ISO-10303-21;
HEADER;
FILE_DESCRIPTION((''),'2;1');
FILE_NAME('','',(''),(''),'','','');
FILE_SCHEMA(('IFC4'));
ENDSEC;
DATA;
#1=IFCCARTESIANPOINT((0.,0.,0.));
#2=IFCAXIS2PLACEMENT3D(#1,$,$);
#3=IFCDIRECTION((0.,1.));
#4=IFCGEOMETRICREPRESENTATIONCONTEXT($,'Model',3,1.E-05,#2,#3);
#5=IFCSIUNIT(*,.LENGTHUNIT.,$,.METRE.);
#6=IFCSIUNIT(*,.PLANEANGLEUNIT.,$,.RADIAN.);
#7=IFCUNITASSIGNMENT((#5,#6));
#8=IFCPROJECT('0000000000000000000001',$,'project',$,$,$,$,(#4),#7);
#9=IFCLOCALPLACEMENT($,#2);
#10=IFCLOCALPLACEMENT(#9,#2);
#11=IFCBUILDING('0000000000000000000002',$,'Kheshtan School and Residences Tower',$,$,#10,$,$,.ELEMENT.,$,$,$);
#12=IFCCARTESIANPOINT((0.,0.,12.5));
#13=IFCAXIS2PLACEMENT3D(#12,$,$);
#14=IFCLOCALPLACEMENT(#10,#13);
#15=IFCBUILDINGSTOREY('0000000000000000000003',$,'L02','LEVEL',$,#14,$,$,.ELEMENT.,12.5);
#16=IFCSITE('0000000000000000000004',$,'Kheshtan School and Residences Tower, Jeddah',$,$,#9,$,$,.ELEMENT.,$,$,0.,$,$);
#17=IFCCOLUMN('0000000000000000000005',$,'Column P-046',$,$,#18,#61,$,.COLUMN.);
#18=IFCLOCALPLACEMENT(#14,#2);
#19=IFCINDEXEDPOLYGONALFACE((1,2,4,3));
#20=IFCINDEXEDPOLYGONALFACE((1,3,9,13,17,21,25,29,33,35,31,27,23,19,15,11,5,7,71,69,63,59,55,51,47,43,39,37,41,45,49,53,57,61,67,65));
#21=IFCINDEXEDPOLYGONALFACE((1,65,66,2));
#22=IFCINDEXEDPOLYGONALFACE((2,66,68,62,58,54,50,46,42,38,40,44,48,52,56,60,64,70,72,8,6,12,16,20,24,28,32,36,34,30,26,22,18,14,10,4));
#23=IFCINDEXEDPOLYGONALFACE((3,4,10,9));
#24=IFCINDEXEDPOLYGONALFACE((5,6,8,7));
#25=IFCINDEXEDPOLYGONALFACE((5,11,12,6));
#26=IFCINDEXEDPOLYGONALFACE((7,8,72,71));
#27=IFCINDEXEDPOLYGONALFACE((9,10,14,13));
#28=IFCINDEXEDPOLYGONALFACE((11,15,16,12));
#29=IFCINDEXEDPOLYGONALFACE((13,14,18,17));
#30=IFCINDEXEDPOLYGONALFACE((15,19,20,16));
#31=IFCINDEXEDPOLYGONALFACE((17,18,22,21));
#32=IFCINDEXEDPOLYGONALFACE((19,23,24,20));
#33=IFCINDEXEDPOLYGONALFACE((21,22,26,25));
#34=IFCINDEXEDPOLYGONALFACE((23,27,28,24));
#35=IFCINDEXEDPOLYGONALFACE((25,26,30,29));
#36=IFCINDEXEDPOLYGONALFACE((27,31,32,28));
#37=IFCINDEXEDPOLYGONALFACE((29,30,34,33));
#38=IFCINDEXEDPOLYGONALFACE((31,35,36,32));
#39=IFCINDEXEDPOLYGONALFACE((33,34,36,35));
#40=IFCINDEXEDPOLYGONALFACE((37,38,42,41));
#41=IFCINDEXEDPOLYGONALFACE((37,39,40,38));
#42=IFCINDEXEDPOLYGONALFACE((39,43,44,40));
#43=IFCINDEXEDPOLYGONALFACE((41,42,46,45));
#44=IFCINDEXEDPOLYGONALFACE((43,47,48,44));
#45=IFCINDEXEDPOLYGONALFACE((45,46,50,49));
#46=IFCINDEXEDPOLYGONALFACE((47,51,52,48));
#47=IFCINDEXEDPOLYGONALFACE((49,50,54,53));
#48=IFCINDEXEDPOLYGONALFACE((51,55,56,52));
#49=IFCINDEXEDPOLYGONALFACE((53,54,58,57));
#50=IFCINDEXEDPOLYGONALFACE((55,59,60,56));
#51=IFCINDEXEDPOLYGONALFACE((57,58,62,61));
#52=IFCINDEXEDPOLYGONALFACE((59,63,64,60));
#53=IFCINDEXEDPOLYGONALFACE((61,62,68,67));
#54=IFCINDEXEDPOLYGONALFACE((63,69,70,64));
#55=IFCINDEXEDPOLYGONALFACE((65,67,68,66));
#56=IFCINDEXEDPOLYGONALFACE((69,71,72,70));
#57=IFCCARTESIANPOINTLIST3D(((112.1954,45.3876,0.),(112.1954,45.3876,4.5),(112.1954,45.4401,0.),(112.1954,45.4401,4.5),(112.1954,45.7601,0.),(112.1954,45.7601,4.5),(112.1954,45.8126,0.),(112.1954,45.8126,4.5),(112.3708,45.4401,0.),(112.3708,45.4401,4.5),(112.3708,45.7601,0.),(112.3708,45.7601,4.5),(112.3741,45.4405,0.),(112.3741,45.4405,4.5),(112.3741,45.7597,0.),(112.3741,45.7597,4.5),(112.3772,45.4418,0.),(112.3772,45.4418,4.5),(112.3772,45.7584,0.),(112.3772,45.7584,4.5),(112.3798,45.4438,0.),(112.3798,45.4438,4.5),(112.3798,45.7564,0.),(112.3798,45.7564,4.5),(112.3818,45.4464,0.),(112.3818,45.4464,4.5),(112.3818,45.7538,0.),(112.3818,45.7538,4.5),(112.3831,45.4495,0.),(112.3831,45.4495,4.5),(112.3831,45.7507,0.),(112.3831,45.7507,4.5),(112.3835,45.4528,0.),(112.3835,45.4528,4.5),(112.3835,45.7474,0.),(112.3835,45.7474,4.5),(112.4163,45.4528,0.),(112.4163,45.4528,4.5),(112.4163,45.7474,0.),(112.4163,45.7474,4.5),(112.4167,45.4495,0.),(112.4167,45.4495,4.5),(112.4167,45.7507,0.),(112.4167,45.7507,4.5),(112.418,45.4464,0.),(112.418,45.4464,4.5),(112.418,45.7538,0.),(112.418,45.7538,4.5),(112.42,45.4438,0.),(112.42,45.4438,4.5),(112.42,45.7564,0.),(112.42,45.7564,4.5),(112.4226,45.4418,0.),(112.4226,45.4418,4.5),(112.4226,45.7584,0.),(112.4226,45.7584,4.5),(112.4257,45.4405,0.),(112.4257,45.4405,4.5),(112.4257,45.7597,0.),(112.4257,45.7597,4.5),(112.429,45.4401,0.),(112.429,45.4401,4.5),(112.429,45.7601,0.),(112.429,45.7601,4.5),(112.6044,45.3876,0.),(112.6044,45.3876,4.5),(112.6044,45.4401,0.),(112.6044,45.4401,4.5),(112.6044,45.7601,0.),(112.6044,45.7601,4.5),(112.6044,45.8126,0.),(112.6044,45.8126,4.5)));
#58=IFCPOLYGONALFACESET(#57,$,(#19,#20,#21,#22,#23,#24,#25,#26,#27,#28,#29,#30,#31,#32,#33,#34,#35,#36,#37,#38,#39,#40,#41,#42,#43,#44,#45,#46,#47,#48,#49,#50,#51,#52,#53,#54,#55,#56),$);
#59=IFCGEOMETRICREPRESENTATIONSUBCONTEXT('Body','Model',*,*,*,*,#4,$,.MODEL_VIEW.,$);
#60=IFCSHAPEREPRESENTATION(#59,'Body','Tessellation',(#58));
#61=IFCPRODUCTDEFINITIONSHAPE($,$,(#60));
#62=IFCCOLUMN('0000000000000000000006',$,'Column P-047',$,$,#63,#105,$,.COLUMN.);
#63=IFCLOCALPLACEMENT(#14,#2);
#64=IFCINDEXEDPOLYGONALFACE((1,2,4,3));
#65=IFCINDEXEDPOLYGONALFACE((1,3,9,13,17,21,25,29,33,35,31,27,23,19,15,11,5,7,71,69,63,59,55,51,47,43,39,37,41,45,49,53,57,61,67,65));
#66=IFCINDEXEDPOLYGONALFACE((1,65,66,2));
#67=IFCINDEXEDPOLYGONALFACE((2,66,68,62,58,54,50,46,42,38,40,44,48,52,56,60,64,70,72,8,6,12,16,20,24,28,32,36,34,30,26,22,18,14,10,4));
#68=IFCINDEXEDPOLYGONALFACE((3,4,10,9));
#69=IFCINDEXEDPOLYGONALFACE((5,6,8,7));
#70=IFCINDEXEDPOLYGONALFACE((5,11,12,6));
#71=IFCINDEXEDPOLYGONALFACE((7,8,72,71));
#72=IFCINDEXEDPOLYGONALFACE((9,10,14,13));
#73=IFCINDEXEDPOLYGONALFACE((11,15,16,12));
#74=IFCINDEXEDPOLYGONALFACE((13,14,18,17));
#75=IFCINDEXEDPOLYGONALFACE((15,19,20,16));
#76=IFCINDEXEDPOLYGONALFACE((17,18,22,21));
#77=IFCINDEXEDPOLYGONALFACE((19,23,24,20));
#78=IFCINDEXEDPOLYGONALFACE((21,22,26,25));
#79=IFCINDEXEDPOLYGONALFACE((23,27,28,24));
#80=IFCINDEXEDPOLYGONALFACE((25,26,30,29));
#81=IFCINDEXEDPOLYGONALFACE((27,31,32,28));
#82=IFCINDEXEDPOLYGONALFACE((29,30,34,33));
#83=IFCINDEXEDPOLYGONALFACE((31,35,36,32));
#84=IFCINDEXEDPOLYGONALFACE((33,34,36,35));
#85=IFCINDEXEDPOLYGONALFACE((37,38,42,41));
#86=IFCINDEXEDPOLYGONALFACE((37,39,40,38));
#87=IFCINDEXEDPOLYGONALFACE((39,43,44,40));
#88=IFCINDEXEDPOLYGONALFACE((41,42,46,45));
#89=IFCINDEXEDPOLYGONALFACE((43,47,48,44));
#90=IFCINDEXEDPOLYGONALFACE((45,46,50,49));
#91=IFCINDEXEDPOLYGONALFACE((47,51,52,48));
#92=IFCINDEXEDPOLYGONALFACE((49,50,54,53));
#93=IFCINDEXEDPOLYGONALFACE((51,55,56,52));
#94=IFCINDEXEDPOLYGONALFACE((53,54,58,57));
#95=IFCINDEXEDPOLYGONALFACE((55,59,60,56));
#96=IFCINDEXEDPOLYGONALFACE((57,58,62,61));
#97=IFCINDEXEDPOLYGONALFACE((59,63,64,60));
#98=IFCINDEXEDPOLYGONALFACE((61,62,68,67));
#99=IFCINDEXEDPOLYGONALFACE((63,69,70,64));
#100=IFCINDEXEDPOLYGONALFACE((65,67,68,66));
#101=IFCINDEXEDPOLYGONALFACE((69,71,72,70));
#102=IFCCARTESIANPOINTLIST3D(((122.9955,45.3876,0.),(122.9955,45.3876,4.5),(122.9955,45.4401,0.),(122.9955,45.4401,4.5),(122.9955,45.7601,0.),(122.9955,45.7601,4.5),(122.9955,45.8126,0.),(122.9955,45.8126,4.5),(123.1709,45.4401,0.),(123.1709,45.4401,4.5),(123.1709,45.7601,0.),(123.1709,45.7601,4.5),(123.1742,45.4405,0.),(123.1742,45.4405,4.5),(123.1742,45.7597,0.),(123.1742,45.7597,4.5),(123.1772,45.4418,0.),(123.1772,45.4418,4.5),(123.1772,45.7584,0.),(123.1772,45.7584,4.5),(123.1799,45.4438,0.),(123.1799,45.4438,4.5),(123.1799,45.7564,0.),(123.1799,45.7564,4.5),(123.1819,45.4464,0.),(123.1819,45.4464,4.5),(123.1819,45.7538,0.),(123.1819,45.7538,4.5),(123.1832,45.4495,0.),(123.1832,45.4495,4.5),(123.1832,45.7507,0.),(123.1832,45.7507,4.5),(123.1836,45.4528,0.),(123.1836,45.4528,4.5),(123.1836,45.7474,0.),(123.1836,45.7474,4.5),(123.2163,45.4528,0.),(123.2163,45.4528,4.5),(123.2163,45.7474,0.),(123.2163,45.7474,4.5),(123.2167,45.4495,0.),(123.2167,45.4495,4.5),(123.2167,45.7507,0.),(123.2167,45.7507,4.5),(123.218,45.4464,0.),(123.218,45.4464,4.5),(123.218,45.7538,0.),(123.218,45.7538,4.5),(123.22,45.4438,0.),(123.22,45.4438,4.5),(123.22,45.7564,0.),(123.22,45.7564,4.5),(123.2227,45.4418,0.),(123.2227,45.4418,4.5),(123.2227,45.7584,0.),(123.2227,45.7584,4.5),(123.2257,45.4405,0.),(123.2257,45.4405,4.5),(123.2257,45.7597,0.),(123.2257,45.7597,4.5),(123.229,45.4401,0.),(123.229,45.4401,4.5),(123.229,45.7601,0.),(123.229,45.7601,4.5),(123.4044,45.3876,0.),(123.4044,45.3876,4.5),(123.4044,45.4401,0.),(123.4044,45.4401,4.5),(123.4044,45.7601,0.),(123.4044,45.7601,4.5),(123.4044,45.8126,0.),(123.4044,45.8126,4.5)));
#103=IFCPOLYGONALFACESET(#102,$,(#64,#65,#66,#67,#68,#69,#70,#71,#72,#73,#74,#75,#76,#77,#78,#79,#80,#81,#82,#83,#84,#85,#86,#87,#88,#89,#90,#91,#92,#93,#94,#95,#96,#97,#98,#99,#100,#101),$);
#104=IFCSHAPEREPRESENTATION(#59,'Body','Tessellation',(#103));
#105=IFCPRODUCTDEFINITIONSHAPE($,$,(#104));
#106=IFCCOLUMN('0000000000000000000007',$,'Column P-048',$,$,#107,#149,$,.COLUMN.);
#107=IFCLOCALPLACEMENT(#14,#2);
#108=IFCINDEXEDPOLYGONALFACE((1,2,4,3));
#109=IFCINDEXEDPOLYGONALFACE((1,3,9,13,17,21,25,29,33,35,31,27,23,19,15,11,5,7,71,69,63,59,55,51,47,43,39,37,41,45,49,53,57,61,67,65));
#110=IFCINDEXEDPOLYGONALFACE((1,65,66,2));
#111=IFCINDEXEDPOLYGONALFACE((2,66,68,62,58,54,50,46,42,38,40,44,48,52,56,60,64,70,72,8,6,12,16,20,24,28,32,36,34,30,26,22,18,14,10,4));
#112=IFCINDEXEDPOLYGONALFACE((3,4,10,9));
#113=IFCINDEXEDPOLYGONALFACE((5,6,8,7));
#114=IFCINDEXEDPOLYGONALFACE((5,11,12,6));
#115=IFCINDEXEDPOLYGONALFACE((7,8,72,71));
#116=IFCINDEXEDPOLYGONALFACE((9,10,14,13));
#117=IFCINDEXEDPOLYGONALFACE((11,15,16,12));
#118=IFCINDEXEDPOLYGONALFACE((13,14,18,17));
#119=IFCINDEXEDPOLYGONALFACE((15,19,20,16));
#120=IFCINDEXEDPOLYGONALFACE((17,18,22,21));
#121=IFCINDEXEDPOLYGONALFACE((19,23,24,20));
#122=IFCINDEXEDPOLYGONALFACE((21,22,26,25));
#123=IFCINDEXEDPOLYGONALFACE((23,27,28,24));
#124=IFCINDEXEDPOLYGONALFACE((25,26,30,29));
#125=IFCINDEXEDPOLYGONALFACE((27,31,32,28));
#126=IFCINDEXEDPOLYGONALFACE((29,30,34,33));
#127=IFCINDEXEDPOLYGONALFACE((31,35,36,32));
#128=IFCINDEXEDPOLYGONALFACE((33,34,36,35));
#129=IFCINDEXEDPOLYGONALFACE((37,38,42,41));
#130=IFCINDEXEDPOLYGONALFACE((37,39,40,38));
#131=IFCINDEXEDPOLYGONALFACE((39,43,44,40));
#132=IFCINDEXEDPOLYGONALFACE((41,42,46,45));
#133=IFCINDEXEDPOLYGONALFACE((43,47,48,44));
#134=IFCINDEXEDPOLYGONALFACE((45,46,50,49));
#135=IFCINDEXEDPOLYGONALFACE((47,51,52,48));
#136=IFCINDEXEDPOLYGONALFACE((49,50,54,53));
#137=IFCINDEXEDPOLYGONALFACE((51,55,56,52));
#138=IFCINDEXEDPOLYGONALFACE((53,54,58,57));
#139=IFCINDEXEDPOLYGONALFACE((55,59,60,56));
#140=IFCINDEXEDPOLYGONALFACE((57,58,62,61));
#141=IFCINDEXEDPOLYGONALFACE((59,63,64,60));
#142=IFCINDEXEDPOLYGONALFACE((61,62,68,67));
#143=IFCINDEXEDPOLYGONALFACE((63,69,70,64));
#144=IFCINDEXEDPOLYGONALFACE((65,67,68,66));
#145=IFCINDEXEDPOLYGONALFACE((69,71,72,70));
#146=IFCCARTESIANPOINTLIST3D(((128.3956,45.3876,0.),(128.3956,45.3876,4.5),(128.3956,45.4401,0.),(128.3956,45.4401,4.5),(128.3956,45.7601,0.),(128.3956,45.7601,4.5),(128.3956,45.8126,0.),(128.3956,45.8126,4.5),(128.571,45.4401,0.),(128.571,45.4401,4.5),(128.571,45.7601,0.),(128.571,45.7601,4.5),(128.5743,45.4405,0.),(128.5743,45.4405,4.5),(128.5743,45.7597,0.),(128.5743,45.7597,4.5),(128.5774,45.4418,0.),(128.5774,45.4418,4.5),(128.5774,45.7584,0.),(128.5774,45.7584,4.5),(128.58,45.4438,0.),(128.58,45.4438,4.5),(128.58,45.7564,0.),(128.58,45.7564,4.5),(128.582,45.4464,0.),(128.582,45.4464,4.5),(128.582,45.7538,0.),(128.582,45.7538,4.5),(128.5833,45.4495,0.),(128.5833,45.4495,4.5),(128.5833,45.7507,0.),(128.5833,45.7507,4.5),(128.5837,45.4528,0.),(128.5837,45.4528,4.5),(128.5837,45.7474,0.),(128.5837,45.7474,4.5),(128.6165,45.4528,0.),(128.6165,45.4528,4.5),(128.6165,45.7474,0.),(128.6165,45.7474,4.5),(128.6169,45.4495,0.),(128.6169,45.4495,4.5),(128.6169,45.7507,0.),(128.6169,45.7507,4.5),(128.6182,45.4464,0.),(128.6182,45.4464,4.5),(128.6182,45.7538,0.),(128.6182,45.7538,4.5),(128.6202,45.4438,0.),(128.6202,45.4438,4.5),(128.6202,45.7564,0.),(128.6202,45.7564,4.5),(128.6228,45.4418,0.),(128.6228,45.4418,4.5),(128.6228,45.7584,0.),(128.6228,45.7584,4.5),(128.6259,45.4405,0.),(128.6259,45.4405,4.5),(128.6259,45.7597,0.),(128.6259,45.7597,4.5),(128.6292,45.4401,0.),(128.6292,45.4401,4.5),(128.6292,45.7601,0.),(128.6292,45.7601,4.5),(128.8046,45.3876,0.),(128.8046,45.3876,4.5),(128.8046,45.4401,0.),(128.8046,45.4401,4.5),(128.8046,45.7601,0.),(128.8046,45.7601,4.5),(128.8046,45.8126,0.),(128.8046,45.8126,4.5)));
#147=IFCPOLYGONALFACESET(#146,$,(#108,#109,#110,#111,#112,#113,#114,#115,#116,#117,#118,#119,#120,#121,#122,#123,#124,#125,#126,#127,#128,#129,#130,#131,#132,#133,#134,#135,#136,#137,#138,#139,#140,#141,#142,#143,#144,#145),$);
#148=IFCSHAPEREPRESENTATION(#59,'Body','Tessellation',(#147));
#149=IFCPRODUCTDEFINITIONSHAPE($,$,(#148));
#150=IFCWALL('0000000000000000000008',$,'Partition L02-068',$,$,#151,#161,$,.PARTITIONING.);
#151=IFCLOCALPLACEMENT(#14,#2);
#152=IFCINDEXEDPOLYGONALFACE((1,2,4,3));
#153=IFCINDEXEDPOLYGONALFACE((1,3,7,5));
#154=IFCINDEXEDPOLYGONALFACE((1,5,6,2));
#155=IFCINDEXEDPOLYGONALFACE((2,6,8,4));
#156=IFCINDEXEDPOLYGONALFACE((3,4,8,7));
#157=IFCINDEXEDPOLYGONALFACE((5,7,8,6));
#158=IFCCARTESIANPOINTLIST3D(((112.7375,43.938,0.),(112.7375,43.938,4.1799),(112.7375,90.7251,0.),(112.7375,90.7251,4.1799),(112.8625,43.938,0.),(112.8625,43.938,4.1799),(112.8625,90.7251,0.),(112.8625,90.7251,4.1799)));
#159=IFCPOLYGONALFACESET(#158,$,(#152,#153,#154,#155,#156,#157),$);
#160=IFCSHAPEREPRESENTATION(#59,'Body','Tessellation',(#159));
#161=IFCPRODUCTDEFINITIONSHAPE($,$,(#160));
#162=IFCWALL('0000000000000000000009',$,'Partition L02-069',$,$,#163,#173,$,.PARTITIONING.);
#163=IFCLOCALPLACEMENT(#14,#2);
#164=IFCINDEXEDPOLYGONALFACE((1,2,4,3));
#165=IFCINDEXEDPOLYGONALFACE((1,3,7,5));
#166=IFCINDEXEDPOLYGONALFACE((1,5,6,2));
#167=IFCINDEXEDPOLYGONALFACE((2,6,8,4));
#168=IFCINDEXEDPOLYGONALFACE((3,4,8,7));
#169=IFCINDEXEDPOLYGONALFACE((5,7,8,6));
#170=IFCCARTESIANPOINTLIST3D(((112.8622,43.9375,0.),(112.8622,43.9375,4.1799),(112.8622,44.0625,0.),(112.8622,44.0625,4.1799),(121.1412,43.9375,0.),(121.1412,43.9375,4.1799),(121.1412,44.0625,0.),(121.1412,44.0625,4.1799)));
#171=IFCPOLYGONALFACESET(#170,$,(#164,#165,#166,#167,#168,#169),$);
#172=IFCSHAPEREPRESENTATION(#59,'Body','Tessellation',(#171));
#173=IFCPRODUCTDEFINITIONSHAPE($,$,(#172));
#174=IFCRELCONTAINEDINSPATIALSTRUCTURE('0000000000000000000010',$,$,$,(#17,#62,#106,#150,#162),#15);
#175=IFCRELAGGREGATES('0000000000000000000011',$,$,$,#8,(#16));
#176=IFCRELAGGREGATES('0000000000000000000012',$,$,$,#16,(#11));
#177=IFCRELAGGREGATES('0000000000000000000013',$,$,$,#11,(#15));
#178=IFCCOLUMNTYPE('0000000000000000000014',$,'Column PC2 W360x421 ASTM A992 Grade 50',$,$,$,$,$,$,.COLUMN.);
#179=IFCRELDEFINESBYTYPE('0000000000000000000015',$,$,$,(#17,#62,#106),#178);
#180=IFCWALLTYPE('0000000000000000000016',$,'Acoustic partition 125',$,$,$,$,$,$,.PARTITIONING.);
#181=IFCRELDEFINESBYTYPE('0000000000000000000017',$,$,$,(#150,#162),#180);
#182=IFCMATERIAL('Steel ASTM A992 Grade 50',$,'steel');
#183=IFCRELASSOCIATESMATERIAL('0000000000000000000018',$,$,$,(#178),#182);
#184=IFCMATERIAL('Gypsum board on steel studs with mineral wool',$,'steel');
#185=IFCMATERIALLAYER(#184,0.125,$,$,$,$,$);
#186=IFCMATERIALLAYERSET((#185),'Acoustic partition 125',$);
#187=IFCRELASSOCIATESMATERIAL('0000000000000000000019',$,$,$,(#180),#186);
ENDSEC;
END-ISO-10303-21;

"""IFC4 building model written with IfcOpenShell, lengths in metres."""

from ifc_helpers import new_model, si_unit, direction, frame, frame_2d, origin, origin_2d, place, context, subcontext, project, spatial, rectangle, i_section, extrude, material, layer, layer_set, material_profile, profile_set, type_object, element, save


model = new_model("IFC4")

# Units and contexts
model_context = context("Model", 3, precision=1e-05, world=origin(), true_north=direction((0.0, 1.0)))
body_context = subcontext(model_context, "Body", "Model", "MODEL_VIEW")
ifc_project = project(units=[si_unit("LENGTHUNIT", "METRE"), si_unit("PLANEANGLEUNIT", "RADIAN")], contexts=[model_context])

# Site, building, storey
site_placement = place(None, origin())
site = spatial("IfcSite", under=ifc_project, at=site_placement, Name="Kheshtan School and Residences Tower, Jeddah", CompositionType="ELEMENT", RefElevation=0.0)
building_placement = place(site_placement, origin())
building = spatial("IfcBuilding", under=site, at=building_placement, Name="Kheshtan School and Residences Tower", CompositionType="ELEMENT")
storey_placement = place(building_placement, frame((0.0, 0.0, 12.5)))
storey = spatial("IfcBuildingStorey", under=building, at=storey_placement, Name="L02", Description="LEVEL", CompositionType="ELEMENT", Elevation=12.5)

# Columns
ifc_material_1 = material(Name="Steel ASTM A992 Grade 50", Category="steel")
ifc_material_profile = material_profile(ifc_material_1, i_section(OverallWidth=0.4089, OverallDepth=0.425, WebThickness=0.0327, FlangeThickness=0.0525, FilletRadius=0.0127, at=origin_2d()), Name="W360x421")
ifc_profile_set = profile_set([ifc_material_profile], Name="Steel ASTM A992 Grade 50")
column_type = type_object("IfcColumnType", Name="Column PC2 W360x421 ASTM A992 Grade 50", PredefinedType="COLUMN", material=ifc_profile_set)
for number, where, z_axis, x_axis, name in (
    (1, (112.3999, 45.6001, 0.0), (0.0, 0.0, 1.0), (1.0, 0.0, 0.0), "Column P-046"),
    (2, (123.2, 45.6001, 0.0), (0.0, 0.0, 1.0), (1.0, 0.0, 0.0), "Column P-047"),
    (3, (128.6001, 45.6001, 0.0), (0.0, 0.0, 1.0), (1.0, 0.0, 0.0), "Column P-048"),
):
    element("IfcColumn", number, at=place(storey_placement, frame(where, z_axis=z_axis, x_axis=x_axis)), inside=storey, type_object=column_type, Name=name, PredefinedType="COLUMN", context=body_context, shape_type="SweptSolid", body=[
        extrude(i_section(OverallWidth=0.4089, OverallDepth=0.425, WebThickness=0.0327, FlangeThickness=0.0525, FilletRadius=0.0127, at=origin_2d()), origin(), (0.0, 0.0, 1.0), 4.5),
    ])

# Walls
ifc_material_2 = material(Name="Gypsum board on steel studs with mineral wool", Category="steel")
ifc_layer_1 = layer(ifc_material_2, 0.125)
ifc_layer_set_1 = layer_set([ifc_layer_1], Name="Acoustic partition 125")
wall_type_1 = type_object("IfcWallType", Name="Acoustic partition 125", PredefinedType="PARTITIONING", material=ifc_layer_set_1)
wall_1_placement = place(storey_placement, frame((112.8, 43.938, 0.0), z_axis=(0.0, 0.0, 1.0), x_axis=(0.0, 1.0, 0.0)))
element("IfcWall", 4, at=wall_1_placement, inside=storey, type_object=wall_type_1, Name="Partition L02-068", PredefinedType="PARTITIONING", context=body_context, shape_type="SweptSolid", body=[
    extrude(rectangle(XDim=46.7871, YDim=0.125, at=frame_2d((23.3936, 0.0))), origin(), (0.0, 0.0, 1.0), 4.1799),
])
wall_2_placement = place(storey_placement, frame((112.8621, 44.0, 0.0), z_axis=(0.0, 0.0, 1.0), x_axis=(1.0, 0.0, 0.0)))
element("IfcWall", 5, at=wall_2_placement, inside=storey, type_object=wall_type_1, Name="Partition L02-069", PredefinedType="PARTITIONING", context=body_context, shape_type="SweptSolid", body=[
    extrude(rectangle(XDim=8.2791, YDim=0.125, at=frame_2d((4.1396, 0.0))), origin(), (0.0, 0.0, 1.0), 4.1799),
])

save(model, "model.ifc")
